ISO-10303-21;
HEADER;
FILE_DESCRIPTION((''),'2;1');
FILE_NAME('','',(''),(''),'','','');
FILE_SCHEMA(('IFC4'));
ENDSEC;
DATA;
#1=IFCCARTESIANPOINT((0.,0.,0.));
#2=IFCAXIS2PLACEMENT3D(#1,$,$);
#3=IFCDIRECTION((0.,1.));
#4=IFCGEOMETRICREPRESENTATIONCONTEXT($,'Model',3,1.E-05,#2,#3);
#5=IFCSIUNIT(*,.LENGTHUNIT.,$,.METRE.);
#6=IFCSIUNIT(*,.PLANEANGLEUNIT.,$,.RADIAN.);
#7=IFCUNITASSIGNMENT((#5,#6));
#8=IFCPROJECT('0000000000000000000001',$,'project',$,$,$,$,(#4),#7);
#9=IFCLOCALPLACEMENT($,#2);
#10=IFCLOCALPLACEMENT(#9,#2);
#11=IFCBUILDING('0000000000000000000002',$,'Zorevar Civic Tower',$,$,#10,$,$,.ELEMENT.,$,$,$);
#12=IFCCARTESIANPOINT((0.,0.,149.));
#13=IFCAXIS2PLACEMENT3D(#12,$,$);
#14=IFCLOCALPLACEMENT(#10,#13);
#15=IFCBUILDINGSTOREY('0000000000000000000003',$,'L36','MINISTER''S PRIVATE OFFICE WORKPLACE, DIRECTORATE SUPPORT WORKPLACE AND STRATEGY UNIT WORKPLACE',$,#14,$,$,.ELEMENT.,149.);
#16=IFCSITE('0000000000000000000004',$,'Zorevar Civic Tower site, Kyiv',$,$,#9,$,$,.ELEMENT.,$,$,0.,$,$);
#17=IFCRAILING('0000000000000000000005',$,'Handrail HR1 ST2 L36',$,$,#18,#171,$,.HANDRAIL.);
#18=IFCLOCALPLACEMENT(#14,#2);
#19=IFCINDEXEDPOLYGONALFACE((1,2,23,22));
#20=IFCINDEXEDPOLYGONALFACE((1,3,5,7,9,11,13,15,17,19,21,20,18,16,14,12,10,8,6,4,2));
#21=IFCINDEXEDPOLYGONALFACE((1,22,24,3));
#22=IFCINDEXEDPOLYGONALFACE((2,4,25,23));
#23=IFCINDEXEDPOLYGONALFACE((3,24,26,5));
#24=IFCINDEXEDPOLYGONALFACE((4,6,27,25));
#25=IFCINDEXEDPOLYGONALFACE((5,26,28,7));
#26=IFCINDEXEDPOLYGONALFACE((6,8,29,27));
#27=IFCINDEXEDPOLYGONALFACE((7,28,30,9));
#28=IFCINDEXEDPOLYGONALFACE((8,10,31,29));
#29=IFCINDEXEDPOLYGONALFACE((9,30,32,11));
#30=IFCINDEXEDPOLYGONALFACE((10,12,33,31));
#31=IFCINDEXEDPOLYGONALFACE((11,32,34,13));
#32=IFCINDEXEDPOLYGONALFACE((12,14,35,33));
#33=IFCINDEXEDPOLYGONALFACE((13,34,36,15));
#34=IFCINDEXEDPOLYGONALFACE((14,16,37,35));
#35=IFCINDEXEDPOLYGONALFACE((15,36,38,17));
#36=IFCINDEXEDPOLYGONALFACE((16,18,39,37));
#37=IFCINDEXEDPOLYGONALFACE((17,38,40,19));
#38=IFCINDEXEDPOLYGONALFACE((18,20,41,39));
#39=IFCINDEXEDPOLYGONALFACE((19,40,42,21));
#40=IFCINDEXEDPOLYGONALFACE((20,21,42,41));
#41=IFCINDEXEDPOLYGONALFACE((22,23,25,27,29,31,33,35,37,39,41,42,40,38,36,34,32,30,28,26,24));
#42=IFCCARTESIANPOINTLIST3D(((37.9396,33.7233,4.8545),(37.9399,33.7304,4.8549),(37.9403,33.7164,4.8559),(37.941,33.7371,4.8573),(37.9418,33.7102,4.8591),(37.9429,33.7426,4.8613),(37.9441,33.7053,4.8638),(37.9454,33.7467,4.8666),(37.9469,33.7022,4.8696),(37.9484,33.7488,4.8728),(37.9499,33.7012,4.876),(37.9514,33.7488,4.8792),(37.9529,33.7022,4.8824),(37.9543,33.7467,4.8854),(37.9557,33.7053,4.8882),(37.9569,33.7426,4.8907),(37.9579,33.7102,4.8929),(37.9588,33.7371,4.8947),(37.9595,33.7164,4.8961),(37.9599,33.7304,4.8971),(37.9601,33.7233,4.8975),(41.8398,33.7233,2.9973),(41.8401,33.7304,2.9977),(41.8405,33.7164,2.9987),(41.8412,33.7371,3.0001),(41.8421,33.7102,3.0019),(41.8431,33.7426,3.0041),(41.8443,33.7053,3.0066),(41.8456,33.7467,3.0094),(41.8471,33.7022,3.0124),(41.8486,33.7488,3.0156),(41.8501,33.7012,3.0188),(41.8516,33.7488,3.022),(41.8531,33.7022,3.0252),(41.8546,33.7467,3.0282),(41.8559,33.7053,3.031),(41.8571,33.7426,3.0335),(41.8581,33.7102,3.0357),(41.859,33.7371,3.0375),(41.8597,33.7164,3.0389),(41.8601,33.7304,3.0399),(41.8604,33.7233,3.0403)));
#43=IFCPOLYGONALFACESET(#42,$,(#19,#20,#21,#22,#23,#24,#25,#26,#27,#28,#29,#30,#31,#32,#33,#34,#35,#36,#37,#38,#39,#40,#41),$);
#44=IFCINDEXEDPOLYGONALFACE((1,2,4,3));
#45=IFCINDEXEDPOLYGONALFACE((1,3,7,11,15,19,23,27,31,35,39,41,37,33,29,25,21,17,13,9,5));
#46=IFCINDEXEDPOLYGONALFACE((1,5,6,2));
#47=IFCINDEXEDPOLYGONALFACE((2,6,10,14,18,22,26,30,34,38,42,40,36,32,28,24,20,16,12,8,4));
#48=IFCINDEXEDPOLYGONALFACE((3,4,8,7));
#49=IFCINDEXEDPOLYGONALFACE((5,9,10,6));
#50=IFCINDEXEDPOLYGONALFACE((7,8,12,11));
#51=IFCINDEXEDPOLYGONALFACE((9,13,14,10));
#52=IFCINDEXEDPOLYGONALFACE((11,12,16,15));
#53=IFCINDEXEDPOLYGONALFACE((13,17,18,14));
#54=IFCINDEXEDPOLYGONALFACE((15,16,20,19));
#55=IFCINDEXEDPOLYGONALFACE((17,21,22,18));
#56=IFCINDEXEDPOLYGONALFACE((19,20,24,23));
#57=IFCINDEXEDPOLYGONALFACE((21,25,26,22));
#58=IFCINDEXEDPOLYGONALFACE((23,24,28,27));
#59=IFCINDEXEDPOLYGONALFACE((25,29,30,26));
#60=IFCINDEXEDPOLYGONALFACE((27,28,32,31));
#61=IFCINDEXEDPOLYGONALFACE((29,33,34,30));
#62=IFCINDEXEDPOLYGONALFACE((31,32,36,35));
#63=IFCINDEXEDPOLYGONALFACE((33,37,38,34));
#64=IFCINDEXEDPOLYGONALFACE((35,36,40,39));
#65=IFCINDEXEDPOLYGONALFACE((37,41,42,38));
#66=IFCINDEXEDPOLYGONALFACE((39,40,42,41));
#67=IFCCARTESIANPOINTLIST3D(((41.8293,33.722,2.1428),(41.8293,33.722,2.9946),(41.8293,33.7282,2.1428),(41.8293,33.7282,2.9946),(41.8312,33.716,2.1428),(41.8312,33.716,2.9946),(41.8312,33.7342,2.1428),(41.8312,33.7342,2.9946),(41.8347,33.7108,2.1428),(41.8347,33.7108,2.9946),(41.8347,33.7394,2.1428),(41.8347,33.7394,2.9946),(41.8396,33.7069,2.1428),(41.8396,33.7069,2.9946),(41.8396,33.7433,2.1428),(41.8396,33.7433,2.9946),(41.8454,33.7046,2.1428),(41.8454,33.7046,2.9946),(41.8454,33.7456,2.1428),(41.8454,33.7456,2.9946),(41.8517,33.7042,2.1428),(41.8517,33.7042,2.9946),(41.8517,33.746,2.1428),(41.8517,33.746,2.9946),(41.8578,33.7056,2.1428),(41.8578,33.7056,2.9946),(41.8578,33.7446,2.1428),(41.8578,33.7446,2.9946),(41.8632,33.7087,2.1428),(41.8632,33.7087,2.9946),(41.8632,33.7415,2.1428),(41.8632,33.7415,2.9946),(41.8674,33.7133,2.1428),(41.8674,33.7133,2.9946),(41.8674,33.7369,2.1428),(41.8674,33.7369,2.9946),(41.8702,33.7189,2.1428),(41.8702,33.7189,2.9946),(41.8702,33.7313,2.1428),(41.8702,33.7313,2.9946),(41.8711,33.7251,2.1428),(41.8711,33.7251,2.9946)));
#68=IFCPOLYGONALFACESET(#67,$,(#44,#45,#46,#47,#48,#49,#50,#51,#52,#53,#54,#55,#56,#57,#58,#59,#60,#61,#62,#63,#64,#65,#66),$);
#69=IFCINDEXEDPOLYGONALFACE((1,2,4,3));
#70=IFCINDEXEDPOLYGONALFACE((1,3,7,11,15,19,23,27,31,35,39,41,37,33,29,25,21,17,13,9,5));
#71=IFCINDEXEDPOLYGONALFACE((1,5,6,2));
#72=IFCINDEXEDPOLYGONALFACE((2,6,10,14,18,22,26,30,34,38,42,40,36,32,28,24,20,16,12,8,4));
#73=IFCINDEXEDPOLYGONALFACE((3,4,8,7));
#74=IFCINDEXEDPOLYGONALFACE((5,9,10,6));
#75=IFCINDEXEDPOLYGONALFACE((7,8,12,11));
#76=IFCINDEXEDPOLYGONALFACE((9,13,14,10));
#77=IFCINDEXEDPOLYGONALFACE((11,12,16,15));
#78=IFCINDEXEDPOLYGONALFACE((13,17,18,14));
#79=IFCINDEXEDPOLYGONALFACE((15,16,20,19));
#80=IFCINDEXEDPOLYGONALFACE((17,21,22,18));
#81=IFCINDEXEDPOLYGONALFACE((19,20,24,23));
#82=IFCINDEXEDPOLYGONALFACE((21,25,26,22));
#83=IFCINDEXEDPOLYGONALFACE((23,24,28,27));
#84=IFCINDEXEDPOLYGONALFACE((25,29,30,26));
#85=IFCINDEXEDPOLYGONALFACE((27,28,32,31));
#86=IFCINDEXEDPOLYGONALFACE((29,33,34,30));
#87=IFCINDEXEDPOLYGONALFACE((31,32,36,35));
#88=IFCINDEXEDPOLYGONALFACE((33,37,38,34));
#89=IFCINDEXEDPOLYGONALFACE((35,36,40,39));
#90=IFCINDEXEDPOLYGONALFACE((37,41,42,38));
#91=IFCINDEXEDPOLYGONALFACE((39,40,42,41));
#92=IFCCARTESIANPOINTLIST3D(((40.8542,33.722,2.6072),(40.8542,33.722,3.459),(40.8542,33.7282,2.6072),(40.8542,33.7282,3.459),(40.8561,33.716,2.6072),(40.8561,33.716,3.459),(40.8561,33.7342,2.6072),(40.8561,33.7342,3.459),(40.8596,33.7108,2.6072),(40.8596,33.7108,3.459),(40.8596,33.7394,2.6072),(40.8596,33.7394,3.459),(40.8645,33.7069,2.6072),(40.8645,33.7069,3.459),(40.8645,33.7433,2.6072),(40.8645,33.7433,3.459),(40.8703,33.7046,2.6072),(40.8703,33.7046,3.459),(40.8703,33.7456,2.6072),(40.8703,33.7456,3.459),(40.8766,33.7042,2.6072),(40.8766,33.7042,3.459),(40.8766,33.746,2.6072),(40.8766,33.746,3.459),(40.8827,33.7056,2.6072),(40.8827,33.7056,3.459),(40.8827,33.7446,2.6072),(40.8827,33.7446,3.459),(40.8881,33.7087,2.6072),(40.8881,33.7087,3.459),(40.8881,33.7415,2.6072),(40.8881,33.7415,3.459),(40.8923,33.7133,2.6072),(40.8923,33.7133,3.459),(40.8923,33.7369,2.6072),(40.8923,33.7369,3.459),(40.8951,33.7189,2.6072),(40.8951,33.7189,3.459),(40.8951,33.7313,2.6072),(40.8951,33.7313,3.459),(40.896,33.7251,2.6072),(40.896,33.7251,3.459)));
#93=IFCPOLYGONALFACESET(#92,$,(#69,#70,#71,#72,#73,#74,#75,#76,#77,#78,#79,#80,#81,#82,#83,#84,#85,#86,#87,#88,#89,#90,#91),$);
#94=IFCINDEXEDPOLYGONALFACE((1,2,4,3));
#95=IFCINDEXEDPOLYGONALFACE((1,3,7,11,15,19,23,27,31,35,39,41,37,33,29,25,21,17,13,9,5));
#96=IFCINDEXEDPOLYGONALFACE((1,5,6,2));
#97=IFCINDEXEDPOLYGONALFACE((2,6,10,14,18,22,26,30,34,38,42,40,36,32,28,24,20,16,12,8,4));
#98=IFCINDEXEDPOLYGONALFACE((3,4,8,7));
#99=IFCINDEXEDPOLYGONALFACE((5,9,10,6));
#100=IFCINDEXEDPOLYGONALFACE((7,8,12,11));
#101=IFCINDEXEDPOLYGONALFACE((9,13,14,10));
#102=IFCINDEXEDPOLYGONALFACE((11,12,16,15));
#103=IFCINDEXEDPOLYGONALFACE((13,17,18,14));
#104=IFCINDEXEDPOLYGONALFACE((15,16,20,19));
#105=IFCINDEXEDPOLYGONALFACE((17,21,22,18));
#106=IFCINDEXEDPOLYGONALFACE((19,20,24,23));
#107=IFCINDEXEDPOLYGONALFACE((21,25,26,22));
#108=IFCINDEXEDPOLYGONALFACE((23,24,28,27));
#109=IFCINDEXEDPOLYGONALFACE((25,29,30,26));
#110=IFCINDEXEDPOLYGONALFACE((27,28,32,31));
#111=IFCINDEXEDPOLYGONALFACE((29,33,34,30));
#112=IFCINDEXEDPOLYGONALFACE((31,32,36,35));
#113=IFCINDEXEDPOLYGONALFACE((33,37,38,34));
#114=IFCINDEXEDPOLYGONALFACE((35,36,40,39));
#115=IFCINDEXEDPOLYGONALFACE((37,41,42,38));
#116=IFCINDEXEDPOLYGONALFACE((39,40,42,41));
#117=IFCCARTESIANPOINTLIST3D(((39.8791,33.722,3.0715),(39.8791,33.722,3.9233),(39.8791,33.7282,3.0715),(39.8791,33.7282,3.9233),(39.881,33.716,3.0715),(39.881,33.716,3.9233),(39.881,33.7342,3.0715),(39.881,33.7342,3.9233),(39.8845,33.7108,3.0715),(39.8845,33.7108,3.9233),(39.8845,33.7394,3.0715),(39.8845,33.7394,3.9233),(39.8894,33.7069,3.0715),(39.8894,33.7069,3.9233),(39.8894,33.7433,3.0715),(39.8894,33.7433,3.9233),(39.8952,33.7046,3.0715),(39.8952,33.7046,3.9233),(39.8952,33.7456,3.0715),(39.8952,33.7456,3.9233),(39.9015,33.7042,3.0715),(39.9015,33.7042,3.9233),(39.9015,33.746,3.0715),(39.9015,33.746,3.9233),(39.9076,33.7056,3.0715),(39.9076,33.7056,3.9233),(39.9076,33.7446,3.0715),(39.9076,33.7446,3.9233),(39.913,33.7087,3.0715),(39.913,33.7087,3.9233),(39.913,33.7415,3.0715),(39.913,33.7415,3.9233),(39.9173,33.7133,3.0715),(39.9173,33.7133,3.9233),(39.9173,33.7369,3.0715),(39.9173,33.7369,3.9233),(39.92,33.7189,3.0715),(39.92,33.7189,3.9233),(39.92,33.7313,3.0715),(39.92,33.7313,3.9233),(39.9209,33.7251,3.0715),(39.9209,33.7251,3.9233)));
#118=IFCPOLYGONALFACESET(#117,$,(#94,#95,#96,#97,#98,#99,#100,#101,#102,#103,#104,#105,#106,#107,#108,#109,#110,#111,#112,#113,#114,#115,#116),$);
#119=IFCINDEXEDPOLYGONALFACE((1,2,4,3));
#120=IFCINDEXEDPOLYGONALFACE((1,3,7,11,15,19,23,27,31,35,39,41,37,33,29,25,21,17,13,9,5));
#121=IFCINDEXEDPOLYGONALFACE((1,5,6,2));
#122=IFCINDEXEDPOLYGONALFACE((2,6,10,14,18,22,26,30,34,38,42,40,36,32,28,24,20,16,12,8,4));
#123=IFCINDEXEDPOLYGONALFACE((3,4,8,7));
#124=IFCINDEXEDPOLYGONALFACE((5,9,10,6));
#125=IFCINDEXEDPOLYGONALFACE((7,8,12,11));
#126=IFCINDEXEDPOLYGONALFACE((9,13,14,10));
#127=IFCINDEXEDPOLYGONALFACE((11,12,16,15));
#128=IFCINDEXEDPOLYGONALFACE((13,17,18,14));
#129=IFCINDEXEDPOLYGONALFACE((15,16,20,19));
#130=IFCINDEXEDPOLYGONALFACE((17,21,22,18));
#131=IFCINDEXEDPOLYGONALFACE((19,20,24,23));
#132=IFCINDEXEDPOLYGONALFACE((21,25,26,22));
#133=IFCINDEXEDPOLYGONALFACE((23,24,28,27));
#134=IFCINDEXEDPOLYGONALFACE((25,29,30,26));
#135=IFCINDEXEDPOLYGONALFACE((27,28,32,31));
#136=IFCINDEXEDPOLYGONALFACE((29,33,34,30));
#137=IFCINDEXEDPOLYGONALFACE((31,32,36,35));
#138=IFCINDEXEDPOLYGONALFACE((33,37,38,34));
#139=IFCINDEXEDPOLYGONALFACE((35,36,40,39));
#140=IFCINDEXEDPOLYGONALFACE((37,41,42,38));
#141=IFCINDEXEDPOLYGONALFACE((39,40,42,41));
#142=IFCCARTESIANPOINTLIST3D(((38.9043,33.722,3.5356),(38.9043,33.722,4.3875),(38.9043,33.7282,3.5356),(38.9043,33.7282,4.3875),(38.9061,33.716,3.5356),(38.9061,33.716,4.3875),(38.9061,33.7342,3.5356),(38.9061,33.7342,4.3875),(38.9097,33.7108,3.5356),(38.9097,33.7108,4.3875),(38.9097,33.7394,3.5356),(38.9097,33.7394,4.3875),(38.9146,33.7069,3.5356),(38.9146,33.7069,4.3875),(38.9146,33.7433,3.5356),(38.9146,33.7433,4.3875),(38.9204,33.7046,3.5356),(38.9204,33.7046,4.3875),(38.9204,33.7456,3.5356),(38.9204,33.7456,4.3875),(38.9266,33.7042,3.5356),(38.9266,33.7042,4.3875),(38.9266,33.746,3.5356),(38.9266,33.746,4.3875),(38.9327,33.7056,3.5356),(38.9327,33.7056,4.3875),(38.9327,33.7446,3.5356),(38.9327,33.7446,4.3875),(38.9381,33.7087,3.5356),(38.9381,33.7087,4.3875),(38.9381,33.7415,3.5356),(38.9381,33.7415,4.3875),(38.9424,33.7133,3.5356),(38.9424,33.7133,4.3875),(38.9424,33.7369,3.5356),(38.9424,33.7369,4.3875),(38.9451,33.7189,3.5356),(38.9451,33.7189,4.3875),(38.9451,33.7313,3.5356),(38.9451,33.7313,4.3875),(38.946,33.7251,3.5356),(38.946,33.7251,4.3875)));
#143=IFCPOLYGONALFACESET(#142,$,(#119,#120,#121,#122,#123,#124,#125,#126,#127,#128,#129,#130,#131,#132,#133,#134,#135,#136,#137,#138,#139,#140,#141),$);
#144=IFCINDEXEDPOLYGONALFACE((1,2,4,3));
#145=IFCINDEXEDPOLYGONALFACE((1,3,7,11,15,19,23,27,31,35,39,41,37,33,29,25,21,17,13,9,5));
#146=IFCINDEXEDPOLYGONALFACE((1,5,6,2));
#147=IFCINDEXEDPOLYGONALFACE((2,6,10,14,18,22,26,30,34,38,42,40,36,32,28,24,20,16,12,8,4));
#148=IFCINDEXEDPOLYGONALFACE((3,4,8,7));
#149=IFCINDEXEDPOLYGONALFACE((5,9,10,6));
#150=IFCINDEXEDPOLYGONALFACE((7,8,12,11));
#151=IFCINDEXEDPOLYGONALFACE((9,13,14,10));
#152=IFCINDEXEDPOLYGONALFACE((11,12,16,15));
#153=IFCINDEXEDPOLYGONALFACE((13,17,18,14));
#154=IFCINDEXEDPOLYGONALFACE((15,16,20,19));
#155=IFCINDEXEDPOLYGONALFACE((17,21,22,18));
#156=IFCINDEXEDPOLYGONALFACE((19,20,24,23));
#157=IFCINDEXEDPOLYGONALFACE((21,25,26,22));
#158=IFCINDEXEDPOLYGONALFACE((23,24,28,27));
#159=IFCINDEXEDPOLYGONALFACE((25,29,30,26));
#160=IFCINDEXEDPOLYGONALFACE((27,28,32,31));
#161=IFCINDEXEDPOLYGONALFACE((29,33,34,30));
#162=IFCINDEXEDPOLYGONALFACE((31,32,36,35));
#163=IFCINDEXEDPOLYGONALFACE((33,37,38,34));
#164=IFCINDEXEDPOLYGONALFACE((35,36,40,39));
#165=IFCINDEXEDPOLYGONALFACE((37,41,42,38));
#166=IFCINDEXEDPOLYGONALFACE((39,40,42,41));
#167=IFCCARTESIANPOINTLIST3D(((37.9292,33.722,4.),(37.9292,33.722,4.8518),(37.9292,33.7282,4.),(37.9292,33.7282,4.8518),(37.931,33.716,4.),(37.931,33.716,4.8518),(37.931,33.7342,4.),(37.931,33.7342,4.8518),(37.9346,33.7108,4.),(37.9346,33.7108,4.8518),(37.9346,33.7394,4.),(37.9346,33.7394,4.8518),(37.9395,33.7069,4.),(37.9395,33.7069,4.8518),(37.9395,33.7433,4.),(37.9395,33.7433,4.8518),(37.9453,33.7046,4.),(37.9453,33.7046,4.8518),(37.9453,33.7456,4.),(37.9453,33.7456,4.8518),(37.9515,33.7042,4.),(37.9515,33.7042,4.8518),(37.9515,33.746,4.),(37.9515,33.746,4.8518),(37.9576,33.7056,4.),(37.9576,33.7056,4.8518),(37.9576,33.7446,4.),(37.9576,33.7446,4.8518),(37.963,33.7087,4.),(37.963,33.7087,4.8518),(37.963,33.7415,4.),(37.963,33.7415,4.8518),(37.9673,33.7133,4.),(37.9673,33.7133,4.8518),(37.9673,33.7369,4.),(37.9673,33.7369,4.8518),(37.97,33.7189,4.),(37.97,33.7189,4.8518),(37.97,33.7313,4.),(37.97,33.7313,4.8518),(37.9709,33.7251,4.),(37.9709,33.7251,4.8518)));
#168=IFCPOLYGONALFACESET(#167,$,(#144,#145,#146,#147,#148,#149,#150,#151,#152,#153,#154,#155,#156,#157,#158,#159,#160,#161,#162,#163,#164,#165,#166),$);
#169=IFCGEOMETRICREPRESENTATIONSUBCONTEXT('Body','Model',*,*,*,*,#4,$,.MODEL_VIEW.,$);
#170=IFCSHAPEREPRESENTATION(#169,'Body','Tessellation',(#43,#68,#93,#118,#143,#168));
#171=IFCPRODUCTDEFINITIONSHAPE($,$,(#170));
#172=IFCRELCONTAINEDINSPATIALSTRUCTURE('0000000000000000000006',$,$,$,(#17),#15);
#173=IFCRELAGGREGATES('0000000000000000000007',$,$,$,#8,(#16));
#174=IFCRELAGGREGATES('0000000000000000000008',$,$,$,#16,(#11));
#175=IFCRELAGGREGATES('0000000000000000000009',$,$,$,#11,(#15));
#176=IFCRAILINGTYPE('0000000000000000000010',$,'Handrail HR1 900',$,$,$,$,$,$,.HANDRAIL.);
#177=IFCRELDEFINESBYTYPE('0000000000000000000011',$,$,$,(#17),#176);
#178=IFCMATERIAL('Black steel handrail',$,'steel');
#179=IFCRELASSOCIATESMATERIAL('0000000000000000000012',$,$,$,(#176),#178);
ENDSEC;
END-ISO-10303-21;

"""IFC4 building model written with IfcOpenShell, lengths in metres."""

from ifc_helpers import new_model, si_unit, direction, frame, origin, origin_2d, place, context, subcontext, project, spatial, circle, extrude, material, type_object, element, save


model = new_model("IFC4")

# Units and contexts
model_context = context("Model", 3, precision=1e-05, world=origin(), true_north=direction((0.0, 1.0)))
body_context = subcontext(model_context, "Body", "Model", "MODEL_VIEW")
ifc_project = project(units=[si_unit("LENGTHUNIT", "METRE"), si_unit("PLANEANGLEUNIT", "RADIAN")], contexts=[model_context])

# Site, building, storey
site_placement = place(None, origin())
site = spatial("IfcSite", under=ifc_project, at=site_placement, Name="Zorevar Civic Tower site, Kyiv", CompositionType="ELEMENT", RefElevation=0.0)
building_placement = place(site_placement, origin())
building = spatial("IfcBuilding", under=site, at=building_placement, Name="Zorevar Civic Tower", CompositionType="ELEMENT")
storey_placement = place(building_placement, frame((0.0, 0.0, 149.0)))
storey = spatial("IfcBuildingStorey", under=building, at=storey_placement, Name="L36", Description="MINISTER'S PRIVATE OFFICE WORKPLACE, DIRECTORATE SUPPORT WORKPLACE AND STRATEGY UNIT WORKPLACE", CompositionType="ELEMENT", Elevation=149.0)

# Railing
ifc_material_1 = material(Name="Black steel handrail", Category="steel")
railing_type = type_object("IfcRailingType", Name="Handrail HR1 900", PredefinedType="HANDRAIL", material=ifc_material_1)
railing_1_placement = place(storey_placement, frame((41.8501, 33.7251, 2.1428)))
element("IfcRailing", 1, at=railing_1_placement, inside=storey, type_object=railing_type, Name="Handrail HR1 ST2 L36", PredefinedType="HANDRAIL", context=body_context, shape_type="SweptSolid", body=[
    extrude(circle(Radius=0.0239, at=origin_2d()), frame((0.0, 0.0, 0.876), z_axis=(-0.902864, 0.0, 0.429927), x_axis=(0.0, -1.0, 0.0)), (0.0, 0.0, 1.0), 4.3198),
    extrude(circle(Radius=0.021, at=origin_2d()), origin(), (0.0, 0.0, 1.0), 0.8518),
    extrude(circle(Radius=0.021, at=origin_2d()), frame((-0.9751, 0.0, 0.4644)), (0.0, 0.0, 1.0), 0.8518),
    extrude(circle(Radius=0.021, at=origin_2d()), frame((-1.9502, 0.0, 0.9287)), (0.0, 0.0, 1.0), 0.8518),
    extrude(circle(Radius=0.021, at=origin_2d()), frame((-2.925, 0.0, 1.3928)), (0.0, 0.0, 1.0), 0.8518),
    extrude(circle(Radius=0.021, at=origin_2d()), frame((-3.9001, 0.0, 1.8572)), (0.0, 0.0, 1.0), 0.8518),
])

save(model, "model.ifc")
